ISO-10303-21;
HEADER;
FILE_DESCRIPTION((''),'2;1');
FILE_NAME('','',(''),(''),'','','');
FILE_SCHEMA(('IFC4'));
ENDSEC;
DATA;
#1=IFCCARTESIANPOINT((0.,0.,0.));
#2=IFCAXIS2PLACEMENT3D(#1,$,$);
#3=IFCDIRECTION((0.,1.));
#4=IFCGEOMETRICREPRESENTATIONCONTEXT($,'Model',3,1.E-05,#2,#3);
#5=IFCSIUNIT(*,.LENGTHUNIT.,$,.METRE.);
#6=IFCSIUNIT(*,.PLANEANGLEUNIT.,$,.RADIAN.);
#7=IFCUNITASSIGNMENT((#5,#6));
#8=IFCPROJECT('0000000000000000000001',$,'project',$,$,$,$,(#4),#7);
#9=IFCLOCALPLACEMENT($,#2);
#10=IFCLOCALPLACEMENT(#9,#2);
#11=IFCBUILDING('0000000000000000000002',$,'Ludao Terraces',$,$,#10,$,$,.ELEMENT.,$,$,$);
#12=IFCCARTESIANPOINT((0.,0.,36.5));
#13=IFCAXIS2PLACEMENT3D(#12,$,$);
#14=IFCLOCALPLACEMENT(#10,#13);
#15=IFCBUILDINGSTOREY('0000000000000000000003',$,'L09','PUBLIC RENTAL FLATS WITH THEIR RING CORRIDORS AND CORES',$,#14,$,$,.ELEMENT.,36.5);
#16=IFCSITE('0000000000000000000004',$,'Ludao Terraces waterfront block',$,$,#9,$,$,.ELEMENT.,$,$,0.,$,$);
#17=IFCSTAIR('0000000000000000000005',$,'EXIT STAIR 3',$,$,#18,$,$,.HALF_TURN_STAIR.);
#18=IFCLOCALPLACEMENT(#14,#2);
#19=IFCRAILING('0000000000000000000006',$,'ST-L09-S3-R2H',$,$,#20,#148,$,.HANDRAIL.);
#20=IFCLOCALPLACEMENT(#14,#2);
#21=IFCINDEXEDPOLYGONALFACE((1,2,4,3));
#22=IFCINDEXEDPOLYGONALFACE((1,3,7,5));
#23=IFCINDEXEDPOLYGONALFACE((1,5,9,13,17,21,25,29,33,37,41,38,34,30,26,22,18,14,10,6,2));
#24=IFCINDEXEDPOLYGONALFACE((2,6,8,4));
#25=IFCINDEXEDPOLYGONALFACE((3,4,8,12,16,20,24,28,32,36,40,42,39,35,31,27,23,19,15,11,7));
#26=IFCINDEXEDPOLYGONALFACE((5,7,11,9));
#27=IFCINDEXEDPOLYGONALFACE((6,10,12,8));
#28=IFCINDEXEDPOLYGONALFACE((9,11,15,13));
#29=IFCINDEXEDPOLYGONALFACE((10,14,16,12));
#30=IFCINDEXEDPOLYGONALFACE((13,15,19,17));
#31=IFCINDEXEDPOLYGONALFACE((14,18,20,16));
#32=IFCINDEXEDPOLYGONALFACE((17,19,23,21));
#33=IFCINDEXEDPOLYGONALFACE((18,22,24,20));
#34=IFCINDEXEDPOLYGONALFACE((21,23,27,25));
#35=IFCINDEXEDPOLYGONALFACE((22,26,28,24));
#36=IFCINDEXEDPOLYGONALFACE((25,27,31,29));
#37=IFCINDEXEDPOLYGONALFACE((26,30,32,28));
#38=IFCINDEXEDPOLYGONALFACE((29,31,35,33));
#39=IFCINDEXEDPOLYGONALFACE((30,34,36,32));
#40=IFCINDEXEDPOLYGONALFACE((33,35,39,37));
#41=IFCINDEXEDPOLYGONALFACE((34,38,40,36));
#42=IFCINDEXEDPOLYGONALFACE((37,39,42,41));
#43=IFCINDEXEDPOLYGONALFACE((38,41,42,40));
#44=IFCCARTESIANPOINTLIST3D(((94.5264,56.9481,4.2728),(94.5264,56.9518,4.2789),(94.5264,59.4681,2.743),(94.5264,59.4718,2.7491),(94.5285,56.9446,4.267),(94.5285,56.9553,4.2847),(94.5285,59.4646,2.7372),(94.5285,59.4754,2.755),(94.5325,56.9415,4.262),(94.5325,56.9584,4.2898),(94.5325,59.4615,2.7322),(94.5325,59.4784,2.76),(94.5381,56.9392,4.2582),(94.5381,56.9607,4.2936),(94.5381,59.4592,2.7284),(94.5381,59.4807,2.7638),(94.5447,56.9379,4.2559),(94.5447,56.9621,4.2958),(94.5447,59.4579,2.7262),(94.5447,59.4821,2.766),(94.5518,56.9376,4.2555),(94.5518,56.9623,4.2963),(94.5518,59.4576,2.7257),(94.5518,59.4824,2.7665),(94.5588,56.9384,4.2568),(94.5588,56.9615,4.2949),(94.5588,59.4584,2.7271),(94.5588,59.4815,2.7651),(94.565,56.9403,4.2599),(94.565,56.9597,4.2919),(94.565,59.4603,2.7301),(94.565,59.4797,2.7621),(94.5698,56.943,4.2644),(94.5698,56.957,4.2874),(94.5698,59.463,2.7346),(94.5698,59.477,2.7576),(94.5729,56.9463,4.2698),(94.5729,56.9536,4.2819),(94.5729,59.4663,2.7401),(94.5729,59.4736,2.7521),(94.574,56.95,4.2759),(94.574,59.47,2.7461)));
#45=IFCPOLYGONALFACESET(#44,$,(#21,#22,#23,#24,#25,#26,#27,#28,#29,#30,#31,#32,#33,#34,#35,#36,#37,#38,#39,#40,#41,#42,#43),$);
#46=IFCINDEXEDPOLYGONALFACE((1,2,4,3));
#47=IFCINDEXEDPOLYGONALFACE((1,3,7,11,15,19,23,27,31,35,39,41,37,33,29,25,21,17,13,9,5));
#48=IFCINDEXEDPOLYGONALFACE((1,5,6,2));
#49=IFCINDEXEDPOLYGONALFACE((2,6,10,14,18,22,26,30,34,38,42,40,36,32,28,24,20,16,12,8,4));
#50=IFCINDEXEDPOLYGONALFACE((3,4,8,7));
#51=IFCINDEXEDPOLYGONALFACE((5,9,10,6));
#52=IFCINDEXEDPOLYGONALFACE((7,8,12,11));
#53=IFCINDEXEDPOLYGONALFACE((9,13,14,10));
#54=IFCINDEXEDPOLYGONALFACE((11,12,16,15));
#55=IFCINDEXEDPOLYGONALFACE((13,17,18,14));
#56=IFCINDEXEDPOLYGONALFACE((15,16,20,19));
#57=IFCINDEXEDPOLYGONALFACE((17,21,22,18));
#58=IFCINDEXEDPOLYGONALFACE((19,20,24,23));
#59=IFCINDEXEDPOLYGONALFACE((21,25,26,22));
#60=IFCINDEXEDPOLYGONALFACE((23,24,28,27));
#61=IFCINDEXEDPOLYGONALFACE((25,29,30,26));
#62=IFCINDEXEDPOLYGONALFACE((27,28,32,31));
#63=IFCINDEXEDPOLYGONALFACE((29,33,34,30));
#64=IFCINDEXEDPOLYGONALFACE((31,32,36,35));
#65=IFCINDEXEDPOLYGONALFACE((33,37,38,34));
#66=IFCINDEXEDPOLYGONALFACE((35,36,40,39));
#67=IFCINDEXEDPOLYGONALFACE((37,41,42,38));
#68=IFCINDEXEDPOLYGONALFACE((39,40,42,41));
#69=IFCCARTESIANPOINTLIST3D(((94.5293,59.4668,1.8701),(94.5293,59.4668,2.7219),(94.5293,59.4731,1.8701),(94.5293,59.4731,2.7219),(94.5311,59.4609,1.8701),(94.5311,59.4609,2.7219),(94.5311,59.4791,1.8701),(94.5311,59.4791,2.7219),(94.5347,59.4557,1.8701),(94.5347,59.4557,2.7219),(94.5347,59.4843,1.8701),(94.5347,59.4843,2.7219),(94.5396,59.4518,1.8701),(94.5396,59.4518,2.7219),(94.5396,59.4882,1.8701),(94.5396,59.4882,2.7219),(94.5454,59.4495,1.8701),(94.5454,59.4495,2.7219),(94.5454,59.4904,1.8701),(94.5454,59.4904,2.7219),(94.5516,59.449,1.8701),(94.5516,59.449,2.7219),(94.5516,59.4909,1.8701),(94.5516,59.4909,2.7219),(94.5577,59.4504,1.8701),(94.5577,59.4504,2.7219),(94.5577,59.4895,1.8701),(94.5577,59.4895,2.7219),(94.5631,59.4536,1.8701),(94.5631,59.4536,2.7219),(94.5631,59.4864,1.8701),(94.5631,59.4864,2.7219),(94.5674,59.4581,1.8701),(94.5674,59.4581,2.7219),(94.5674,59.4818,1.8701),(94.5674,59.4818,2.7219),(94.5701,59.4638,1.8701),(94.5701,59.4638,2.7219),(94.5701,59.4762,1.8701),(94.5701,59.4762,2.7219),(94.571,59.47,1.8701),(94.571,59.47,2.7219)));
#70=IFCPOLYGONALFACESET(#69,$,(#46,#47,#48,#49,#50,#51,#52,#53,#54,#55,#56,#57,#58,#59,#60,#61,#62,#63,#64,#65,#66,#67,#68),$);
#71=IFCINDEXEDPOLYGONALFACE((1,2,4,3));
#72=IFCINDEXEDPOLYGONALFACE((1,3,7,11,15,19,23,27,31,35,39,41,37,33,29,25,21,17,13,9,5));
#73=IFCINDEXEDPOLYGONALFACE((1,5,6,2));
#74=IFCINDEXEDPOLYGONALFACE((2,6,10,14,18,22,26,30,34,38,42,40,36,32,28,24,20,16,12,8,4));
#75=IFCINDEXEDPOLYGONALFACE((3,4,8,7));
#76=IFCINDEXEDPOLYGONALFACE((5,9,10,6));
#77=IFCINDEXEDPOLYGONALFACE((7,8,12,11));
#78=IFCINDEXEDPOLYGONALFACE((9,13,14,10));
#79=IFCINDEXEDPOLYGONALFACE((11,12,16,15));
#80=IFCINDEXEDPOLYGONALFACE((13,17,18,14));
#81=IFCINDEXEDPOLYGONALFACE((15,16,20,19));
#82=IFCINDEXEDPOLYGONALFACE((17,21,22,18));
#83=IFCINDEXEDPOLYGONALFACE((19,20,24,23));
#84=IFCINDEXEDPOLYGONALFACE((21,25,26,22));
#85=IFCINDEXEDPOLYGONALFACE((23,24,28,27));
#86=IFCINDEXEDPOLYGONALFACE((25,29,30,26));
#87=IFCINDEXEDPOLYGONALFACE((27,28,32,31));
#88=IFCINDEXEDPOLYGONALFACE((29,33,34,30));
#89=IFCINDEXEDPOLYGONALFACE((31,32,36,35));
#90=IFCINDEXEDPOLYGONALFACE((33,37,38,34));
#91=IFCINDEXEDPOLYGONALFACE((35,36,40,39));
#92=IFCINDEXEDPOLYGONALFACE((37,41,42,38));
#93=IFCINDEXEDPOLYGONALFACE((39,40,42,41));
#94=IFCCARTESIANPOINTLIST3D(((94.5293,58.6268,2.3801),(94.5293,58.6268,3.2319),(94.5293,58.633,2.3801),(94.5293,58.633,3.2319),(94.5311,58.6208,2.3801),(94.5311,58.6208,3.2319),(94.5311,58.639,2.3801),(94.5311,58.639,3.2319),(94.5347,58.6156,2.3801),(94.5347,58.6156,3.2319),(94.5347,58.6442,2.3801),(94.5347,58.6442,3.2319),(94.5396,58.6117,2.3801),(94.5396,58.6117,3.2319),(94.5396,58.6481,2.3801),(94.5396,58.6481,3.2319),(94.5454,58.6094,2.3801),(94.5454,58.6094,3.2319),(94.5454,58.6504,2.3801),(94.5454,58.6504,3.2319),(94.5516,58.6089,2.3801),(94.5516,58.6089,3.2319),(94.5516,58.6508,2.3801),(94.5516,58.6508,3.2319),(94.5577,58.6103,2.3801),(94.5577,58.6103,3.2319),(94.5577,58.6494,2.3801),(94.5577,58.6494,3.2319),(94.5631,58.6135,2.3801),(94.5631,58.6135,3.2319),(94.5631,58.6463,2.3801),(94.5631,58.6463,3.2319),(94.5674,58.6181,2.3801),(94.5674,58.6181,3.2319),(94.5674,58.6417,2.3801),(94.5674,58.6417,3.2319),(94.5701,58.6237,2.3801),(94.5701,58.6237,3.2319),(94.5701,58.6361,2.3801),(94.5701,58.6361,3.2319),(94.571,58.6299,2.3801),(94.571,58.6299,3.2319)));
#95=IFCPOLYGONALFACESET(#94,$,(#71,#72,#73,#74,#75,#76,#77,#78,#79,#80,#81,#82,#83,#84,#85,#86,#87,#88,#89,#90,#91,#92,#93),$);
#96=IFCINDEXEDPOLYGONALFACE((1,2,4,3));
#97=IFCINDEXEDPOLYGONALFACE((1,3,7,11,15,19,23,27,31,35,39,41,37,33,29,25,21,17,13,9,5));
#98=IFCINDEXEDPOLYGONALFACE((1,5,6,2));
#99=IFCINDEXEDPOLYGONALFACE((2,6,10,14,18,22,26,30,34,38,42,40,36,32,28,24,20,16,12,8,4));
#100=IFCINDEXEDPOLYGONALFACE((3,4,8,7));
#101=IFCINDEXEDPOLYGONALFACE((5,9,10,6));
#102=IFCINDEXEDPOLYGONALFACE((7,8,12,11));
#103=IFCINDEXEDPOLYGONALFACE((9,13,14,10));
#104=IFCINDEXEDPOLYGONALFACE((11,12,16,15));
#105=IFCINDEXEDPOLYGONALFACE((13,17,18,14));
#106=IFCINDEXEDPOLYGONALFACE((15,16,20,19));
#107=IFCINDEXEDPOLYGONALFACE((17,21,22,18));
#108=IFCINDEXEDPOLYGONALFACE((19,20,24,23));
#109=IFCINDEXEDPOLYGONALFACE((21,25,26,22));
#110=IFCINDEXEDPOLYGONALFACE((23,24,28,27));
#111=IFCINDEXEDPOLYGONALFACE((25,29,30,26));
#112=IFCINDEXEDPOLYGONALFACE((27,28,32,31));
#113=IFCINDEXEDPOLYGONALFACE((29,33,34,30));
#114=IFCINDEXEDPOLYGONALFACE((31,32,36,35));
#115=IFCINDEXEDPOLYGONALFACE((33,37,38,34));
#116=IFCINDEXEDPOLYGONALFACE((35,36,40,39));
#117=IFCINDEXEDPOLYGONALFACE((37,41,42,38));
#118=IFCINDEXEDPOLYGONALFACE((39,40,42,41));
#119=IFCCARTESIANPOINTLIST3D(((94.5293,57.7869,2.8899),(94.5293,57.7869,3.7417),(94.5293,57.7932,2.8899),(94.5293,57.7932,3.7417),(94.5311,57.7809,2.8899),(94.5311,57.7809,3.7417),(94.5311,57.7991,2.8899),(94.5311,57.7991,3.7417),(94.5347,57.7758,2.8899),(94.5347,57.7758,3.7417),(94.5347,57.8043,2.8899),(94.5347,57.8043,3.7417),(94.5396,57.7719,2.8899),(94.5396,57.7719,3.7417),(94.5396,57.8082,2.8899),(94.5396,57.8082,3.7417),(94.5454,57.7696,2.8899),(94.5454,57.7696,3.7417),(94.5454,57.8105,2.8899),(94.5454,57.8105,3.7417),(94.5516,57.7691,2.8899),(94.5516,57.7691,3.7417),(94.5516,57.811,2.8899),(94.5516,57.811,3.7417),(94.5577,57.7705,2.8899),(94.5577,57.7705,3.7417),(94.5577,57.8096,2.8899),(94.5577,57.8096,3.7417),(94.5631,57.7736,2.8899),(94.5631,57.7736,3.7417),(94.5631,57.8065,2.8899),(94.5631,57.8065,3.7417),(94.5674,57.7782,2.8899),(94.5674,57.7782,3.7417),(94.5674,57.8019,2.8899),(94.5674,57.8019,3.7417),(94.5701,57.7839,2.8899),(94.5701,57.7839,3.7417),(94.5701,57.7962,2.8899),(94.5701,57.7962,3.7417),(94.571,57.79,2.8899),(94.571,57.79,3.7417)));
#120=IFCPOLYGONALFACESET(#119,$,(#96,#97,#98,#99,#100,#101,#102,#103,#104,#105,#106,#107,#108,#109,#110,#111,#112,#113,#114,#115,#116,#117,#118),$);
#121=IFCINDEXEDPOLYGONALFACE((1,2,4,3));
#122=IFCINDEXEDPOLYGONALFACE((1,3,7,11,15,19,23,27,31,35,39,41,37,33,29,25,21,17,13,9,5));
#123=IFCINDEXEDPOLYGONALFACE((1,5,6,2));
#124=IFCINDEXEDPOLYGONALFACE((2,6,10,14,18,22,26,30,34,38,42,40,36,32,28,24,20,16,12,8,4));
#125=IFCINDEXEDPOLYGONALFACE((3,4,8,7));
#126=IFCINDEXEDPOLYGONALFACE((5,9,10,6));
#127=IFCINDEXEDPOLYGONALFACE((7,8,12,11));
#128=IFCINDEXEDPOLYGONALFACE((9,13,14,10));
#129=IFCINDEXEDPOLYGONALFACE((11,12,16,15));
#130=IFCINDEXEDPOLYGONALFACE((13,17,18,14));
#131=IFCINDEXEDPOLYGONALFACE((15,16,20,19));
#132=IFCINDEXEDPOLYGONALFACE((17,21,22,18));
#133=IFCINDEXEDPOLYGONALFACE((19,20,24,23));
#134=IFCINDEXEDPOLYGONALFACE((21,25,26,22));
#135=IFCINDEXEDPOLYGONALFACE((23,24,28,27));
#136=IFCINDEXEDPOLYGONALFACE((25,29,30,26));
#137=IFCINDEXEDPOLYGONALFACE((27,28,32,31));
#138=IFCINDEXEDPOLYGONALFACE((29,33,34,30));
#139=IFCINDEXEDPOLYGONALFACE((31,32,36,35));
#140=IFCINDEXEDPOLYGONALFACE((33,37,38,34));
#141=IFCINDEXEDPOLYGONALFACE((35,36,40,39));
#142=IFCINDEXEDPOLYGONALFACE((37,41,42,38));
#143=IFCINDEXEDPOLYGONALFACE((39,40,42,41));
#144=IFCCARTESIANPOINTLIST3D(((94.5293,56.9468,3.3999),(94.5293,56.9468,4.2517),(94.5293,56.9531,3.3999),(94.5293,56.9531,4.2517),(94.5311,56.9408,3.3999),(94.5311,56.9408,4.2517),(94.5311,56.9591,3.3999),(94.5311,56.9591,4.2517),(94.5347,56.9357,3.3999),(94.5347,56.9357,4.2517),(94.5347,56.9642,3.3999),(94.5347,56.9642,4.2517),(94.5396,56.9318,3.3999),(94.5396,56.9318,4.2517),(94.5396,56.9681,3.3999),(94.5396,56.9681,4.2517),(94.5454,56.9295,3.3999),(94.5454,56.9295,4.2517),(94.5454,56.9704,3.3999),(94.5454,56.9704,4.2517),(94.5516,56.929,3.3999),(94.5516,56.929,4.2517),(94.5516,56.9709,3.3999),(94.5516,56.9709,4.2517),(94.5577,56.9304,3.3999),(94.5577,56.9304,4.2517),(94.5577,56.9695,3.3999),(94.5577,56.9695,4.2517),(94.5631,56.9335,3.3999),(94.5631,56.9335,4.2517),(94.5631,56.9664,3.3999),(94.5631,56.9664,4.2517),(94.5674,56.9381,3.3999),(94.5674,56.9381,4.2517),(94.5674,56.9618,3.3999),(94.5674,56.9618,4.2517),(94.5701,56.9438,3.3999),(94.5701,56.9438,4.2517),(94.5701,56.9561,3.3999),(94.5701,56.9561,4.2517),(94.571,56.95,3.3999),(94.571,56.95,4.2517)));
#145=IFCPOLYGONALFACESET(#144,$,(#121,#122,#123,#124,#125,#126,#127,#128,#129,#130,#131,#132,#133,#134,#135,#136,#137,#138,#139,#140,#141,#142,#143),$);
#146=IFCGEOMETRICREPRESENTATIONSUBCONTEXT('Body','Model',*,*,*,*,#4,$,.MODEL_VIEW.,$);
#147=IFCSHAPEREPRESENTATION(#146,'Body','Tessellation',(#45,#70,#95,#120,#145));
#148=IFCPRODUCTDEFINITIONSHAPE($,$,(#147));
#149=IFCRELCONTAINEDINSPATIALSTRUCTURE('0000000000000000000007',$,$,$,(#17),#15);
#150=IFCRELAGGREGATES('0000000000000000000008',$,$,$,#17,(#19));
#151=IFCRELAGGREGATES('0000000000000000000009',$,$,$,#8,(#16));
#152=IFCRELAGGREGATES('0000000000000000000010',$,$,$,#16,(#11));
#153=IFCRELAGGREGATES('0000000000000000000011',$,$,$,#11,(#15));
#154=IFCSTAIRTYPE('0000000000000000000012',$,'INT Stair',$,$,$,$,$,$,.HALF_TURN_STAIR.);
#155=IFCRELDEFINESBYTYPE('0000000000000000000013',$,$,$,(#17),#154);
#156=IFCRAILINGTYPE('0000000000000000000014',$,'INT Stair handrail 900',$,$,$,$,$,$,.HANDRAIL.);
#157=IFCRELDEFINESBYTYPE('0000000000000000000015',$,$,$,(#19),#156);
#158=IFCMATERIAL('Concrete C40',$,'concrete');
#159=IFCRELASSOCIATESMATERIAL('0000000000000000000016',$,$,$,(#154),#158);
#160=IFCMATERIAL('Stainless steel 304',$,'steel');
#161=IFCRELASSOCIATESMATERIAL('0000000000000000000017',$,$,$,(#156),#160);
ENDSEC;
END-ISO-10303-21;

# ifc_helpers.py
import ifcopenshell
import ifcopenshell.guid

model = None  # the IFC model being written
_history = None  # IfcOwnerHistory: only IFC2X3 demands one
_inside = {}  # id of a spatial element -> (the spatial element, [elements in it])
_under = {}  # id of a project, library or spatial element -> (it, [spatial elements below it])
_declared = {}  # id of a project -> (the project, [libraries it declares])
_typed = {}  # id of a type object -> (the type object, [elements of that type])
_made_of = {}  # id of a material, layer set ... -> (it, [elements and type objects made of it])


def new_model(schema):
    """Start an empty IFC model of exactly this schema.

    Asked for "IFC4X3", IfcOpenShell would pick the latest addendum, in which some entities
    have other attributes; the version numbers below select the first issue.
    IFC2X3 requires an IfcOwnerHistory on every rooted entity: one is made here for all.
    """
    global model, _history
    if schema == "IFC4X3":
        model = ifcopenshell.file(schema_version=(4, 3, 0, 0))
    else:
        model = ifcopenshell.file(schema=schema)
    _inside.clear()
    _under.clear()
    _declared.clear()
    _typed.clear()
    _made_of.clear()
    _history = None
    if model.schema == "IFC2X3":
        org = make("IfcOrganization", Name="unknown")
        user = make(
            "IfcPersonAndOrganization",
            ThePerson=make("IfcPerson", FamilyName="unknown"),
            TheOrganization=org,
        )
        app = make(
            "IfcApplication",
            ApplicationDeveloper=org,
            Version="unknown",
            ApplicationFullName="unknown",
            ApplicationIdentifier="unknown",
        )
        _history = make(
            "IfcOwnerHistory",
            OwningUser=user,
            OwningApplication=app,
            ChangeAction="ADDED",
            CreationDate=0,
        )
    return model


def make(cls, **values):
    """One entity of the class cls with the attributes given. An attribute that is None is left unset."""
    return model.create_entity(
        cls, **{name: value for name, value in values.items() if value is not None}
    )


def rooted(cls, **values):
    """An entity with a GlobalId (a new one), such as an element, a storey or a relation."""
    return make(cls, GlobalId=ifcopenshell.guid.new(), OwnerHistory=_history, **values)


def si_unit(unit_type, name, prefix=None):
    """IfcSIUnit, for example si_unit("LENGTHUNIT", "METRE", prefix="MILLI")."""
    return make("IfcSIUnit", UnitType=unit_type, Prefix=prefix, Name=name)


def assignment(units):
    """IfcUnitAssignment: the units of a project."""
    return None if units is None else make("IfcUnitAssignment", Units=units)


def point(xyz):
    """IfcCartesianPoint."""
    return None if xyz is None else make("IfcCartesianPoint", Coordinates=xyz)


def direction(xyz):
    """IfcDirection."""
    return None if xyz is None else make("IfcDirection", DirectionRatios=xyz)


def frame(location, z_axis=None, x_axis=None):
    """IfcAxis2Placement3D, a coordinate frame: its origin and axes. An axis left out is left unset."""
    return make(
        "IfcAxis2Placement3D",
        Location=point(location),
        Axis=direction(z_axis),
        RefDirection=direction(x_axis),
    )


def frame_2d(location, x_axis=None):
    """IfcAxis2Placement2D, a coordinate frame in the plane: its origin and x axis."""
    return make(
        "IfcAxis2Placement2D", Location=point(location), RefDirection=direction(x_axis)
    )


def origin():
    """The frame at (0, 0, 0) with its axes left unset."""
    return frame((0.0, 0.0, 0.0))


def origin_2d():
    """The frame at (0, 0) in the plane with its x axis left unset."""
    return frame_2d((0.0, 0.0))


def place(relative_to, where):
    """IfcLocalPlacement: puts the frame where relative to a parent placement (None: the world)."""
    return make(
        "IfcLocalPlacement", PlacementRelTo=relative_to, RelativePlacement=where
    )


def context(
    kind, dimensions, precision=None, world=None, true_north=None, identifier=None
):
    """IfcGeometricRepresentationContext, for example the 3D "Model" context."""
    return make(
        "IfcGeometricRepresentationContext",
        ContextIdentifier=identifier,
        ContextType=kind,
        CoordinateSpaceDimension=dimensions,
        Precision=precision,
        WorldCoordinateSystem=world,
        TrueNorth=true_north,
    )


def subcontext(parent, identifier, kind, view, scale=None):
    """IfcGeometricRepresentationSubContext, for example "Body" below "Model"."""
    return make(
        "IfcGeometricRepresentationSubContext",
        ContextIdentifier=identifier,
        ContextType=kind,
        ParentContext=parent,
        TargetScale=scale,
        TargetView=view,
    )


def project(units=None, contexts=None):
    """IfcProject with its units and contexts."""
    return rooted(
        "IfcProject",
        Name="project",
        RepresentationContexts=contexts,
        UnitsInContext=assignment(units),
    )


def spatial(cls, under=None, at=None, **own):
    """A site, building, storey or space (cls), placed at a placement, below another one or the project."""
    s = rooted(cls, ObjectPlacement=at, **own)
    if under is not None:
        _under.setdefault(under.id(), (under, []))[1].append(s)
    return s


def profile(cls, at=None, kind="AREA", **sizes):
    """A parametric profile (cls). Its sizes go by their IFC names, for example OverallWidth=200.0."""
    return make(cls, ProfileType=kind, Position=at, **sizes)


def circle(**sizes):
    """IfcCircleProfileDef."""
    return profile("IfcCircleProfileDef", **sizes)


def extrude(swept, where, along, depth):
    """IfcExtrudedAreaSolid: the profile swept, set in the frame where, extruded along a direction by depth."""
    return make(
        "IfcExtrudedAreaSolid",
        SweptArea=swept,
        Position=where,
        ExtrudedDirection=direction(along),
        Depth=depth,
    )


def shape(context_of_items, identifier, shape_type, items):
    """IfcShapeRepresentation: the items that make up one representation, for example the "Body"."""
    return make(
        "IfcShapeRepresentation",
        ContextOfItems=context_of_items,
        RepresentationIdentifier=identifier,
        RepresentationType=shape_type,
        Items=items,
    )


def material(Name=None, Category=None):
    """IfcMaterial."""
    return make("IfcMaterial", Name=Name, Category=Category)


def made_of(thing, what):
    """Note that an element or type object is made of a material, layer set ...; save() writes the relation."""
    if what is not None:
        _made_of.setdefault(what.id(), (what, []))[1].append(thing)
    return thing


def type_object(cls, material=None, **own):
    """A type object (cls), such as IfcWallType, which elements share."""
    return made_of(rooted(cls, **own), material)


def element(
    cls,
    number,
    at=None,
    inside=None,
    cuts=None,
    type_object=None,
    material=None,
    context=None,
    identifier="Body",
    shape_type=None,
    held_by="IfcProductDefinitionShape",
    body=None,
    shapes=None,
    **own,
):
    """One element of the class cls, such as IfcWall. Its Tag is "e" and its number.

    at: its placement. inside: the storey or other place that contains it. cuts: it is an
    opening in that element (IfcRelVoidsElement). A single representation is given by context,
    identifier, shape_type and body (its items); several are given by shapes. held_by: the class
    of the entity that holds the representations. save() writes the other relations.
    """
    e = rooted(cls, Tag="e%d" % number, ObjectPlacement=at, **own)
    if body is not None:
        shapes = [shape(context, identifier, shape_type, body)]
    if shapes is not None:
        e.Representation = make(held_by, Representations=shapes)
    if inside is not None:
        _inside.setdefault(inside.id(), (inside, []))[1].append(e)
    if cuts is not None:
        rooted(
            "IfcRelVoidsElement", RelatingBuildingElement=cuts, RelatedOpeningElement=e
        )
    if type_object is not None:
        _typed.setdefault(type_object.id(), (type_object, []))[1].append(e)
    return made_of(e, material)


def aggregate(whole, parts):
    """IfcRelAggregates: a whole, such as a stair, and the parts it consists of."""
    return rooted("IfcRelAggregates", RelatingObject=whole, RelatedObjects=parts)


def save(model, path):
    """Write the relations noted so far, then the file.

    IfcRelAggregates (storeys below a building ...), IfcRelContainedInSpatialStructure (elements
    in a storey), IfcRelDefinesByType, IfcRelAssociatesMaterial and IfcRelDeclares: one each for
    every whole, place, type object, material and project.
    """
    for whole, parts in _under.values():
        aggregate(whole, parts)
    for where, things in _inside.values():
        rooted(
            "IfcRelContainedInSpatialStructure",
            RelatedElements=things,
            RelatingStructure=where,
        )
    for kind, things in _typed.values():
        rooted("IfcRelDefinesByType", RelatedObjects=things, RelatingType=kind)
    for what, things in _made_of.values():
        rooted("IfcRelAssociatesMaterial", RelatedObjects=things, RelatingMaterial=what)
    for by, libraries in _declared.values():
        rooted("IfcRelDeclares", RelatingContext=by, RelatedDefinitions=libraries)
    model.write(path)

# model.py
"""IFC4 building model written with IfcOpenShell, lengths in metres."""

from ifc_helpers import new_model, si_unit, direction, frame, origin, origin_2d, place, context, subcontext, project, spatial, circle, extrude, material, type_object, element, aggregate, save


model = new_model("IFC4")

# Units and contexts
model_context = context("Model", 3, precision=1e-05, world=origin(), true_north=direction((0.0, 1.0)))
body_context = subcontext(model_context, "Body", "Model", "MODEL_VIEW")
ifc_project = project(units=[si_unit("LENGTHUNIT", "METRE"), si_unit("PLANEANGLEUNIT", "RADIAN")], contexts=[model_context])

# Site, building, storey
site_placement = place(None, origin())
site = spatial("IfcSite", under=ifc_project, at=site_placement, Name="Ludao Terraces waterfront block", CompositionType="ELEMENT", RefElevation=0.0)
building_placement = place(site_placement, origin())
building = spatial("IfcBuilding", under=site, at=building_placement, Name="Ludao Terraces", CompositionType="ELEMENT")
storey_placement = place(building_placement, frame((0.0, 0.0, 36.5)))
storey = spatial("IfcBuildingStorey", under=building, at=storey_placement, Name="L09", Description="PUBLIC RENTAL FLATS WITH THEIR RING CORRIDORS AND CORES", CompositionType="ELEMENT", Elevation=36.5)

# Stair, railing
ifc_material_1 = material(Name="Concrete C40", Category="concrete")
stair_type = type_object("IfcStairType", Name="INT Stair", PredefinedType="HALF_TURN_STAIR", material=ifc_material_1)
stair_placement = place(storey_placement, origin())
stair = element("IfcStair", 1, at=stair_placement, inside=storey, type_object=stair_type, Name="EXIT STAIR 3", PredefinedType="HALF_TURN_STAIR")
ifc_material_2 = material(Name="Stainless steel 304", Category="steel")
railing_type_1 = type_object("IfcRailingType", Name="INT Stair handrail 900", PredefinedType="HANDRAIL", material=ifc_material_2)
railing_1_placement = place(storey_placement, frame((94.55, 59.47, 1.8701)))
railing_1 = element("IfcRailing", 2, at=railing_1_placement, type_object=railing_type_1, Name="ST-L09-S3-R2H", PredefinedType="HANDRAIL", context=body_context, shape_type="SweptSolid", body=[
    extrude(circle(Radius=0.0239, at=origin_2d()), frame((0.0, 0.0, 0.876), z_axis=(0.0, -0.854822, 0.518922), x_axis=(1.0, 0.0, 0.0)), (0.0, 0.0, 1.0), 2.948),
    extrude(circle(Radius=0.021, at=origin_2d()), origin(), (0.0, 0.0, 1.0), 0.8518),
    extrude(circle(Radius=0.021, at=origin_2d()), frame((0.0, -0.8401, 0.51)), (0.0, 0.0, 1.0), 0.8518),
    extrude(circle(Radius=0.021, at=origin_2d()), frame((0.0, -1.6799, 1.0198)), (0.0, 0.0, 1.0), 0.8518),
    extrude(circle(Radius=0.021, at=origin_2d()), frame((0.0, -2.52, 1.5298)), (0.0, 0.0, 1.0), 0.8518),
])
aggregate(stair, [railing_1])

save(model, "model.ifc")
